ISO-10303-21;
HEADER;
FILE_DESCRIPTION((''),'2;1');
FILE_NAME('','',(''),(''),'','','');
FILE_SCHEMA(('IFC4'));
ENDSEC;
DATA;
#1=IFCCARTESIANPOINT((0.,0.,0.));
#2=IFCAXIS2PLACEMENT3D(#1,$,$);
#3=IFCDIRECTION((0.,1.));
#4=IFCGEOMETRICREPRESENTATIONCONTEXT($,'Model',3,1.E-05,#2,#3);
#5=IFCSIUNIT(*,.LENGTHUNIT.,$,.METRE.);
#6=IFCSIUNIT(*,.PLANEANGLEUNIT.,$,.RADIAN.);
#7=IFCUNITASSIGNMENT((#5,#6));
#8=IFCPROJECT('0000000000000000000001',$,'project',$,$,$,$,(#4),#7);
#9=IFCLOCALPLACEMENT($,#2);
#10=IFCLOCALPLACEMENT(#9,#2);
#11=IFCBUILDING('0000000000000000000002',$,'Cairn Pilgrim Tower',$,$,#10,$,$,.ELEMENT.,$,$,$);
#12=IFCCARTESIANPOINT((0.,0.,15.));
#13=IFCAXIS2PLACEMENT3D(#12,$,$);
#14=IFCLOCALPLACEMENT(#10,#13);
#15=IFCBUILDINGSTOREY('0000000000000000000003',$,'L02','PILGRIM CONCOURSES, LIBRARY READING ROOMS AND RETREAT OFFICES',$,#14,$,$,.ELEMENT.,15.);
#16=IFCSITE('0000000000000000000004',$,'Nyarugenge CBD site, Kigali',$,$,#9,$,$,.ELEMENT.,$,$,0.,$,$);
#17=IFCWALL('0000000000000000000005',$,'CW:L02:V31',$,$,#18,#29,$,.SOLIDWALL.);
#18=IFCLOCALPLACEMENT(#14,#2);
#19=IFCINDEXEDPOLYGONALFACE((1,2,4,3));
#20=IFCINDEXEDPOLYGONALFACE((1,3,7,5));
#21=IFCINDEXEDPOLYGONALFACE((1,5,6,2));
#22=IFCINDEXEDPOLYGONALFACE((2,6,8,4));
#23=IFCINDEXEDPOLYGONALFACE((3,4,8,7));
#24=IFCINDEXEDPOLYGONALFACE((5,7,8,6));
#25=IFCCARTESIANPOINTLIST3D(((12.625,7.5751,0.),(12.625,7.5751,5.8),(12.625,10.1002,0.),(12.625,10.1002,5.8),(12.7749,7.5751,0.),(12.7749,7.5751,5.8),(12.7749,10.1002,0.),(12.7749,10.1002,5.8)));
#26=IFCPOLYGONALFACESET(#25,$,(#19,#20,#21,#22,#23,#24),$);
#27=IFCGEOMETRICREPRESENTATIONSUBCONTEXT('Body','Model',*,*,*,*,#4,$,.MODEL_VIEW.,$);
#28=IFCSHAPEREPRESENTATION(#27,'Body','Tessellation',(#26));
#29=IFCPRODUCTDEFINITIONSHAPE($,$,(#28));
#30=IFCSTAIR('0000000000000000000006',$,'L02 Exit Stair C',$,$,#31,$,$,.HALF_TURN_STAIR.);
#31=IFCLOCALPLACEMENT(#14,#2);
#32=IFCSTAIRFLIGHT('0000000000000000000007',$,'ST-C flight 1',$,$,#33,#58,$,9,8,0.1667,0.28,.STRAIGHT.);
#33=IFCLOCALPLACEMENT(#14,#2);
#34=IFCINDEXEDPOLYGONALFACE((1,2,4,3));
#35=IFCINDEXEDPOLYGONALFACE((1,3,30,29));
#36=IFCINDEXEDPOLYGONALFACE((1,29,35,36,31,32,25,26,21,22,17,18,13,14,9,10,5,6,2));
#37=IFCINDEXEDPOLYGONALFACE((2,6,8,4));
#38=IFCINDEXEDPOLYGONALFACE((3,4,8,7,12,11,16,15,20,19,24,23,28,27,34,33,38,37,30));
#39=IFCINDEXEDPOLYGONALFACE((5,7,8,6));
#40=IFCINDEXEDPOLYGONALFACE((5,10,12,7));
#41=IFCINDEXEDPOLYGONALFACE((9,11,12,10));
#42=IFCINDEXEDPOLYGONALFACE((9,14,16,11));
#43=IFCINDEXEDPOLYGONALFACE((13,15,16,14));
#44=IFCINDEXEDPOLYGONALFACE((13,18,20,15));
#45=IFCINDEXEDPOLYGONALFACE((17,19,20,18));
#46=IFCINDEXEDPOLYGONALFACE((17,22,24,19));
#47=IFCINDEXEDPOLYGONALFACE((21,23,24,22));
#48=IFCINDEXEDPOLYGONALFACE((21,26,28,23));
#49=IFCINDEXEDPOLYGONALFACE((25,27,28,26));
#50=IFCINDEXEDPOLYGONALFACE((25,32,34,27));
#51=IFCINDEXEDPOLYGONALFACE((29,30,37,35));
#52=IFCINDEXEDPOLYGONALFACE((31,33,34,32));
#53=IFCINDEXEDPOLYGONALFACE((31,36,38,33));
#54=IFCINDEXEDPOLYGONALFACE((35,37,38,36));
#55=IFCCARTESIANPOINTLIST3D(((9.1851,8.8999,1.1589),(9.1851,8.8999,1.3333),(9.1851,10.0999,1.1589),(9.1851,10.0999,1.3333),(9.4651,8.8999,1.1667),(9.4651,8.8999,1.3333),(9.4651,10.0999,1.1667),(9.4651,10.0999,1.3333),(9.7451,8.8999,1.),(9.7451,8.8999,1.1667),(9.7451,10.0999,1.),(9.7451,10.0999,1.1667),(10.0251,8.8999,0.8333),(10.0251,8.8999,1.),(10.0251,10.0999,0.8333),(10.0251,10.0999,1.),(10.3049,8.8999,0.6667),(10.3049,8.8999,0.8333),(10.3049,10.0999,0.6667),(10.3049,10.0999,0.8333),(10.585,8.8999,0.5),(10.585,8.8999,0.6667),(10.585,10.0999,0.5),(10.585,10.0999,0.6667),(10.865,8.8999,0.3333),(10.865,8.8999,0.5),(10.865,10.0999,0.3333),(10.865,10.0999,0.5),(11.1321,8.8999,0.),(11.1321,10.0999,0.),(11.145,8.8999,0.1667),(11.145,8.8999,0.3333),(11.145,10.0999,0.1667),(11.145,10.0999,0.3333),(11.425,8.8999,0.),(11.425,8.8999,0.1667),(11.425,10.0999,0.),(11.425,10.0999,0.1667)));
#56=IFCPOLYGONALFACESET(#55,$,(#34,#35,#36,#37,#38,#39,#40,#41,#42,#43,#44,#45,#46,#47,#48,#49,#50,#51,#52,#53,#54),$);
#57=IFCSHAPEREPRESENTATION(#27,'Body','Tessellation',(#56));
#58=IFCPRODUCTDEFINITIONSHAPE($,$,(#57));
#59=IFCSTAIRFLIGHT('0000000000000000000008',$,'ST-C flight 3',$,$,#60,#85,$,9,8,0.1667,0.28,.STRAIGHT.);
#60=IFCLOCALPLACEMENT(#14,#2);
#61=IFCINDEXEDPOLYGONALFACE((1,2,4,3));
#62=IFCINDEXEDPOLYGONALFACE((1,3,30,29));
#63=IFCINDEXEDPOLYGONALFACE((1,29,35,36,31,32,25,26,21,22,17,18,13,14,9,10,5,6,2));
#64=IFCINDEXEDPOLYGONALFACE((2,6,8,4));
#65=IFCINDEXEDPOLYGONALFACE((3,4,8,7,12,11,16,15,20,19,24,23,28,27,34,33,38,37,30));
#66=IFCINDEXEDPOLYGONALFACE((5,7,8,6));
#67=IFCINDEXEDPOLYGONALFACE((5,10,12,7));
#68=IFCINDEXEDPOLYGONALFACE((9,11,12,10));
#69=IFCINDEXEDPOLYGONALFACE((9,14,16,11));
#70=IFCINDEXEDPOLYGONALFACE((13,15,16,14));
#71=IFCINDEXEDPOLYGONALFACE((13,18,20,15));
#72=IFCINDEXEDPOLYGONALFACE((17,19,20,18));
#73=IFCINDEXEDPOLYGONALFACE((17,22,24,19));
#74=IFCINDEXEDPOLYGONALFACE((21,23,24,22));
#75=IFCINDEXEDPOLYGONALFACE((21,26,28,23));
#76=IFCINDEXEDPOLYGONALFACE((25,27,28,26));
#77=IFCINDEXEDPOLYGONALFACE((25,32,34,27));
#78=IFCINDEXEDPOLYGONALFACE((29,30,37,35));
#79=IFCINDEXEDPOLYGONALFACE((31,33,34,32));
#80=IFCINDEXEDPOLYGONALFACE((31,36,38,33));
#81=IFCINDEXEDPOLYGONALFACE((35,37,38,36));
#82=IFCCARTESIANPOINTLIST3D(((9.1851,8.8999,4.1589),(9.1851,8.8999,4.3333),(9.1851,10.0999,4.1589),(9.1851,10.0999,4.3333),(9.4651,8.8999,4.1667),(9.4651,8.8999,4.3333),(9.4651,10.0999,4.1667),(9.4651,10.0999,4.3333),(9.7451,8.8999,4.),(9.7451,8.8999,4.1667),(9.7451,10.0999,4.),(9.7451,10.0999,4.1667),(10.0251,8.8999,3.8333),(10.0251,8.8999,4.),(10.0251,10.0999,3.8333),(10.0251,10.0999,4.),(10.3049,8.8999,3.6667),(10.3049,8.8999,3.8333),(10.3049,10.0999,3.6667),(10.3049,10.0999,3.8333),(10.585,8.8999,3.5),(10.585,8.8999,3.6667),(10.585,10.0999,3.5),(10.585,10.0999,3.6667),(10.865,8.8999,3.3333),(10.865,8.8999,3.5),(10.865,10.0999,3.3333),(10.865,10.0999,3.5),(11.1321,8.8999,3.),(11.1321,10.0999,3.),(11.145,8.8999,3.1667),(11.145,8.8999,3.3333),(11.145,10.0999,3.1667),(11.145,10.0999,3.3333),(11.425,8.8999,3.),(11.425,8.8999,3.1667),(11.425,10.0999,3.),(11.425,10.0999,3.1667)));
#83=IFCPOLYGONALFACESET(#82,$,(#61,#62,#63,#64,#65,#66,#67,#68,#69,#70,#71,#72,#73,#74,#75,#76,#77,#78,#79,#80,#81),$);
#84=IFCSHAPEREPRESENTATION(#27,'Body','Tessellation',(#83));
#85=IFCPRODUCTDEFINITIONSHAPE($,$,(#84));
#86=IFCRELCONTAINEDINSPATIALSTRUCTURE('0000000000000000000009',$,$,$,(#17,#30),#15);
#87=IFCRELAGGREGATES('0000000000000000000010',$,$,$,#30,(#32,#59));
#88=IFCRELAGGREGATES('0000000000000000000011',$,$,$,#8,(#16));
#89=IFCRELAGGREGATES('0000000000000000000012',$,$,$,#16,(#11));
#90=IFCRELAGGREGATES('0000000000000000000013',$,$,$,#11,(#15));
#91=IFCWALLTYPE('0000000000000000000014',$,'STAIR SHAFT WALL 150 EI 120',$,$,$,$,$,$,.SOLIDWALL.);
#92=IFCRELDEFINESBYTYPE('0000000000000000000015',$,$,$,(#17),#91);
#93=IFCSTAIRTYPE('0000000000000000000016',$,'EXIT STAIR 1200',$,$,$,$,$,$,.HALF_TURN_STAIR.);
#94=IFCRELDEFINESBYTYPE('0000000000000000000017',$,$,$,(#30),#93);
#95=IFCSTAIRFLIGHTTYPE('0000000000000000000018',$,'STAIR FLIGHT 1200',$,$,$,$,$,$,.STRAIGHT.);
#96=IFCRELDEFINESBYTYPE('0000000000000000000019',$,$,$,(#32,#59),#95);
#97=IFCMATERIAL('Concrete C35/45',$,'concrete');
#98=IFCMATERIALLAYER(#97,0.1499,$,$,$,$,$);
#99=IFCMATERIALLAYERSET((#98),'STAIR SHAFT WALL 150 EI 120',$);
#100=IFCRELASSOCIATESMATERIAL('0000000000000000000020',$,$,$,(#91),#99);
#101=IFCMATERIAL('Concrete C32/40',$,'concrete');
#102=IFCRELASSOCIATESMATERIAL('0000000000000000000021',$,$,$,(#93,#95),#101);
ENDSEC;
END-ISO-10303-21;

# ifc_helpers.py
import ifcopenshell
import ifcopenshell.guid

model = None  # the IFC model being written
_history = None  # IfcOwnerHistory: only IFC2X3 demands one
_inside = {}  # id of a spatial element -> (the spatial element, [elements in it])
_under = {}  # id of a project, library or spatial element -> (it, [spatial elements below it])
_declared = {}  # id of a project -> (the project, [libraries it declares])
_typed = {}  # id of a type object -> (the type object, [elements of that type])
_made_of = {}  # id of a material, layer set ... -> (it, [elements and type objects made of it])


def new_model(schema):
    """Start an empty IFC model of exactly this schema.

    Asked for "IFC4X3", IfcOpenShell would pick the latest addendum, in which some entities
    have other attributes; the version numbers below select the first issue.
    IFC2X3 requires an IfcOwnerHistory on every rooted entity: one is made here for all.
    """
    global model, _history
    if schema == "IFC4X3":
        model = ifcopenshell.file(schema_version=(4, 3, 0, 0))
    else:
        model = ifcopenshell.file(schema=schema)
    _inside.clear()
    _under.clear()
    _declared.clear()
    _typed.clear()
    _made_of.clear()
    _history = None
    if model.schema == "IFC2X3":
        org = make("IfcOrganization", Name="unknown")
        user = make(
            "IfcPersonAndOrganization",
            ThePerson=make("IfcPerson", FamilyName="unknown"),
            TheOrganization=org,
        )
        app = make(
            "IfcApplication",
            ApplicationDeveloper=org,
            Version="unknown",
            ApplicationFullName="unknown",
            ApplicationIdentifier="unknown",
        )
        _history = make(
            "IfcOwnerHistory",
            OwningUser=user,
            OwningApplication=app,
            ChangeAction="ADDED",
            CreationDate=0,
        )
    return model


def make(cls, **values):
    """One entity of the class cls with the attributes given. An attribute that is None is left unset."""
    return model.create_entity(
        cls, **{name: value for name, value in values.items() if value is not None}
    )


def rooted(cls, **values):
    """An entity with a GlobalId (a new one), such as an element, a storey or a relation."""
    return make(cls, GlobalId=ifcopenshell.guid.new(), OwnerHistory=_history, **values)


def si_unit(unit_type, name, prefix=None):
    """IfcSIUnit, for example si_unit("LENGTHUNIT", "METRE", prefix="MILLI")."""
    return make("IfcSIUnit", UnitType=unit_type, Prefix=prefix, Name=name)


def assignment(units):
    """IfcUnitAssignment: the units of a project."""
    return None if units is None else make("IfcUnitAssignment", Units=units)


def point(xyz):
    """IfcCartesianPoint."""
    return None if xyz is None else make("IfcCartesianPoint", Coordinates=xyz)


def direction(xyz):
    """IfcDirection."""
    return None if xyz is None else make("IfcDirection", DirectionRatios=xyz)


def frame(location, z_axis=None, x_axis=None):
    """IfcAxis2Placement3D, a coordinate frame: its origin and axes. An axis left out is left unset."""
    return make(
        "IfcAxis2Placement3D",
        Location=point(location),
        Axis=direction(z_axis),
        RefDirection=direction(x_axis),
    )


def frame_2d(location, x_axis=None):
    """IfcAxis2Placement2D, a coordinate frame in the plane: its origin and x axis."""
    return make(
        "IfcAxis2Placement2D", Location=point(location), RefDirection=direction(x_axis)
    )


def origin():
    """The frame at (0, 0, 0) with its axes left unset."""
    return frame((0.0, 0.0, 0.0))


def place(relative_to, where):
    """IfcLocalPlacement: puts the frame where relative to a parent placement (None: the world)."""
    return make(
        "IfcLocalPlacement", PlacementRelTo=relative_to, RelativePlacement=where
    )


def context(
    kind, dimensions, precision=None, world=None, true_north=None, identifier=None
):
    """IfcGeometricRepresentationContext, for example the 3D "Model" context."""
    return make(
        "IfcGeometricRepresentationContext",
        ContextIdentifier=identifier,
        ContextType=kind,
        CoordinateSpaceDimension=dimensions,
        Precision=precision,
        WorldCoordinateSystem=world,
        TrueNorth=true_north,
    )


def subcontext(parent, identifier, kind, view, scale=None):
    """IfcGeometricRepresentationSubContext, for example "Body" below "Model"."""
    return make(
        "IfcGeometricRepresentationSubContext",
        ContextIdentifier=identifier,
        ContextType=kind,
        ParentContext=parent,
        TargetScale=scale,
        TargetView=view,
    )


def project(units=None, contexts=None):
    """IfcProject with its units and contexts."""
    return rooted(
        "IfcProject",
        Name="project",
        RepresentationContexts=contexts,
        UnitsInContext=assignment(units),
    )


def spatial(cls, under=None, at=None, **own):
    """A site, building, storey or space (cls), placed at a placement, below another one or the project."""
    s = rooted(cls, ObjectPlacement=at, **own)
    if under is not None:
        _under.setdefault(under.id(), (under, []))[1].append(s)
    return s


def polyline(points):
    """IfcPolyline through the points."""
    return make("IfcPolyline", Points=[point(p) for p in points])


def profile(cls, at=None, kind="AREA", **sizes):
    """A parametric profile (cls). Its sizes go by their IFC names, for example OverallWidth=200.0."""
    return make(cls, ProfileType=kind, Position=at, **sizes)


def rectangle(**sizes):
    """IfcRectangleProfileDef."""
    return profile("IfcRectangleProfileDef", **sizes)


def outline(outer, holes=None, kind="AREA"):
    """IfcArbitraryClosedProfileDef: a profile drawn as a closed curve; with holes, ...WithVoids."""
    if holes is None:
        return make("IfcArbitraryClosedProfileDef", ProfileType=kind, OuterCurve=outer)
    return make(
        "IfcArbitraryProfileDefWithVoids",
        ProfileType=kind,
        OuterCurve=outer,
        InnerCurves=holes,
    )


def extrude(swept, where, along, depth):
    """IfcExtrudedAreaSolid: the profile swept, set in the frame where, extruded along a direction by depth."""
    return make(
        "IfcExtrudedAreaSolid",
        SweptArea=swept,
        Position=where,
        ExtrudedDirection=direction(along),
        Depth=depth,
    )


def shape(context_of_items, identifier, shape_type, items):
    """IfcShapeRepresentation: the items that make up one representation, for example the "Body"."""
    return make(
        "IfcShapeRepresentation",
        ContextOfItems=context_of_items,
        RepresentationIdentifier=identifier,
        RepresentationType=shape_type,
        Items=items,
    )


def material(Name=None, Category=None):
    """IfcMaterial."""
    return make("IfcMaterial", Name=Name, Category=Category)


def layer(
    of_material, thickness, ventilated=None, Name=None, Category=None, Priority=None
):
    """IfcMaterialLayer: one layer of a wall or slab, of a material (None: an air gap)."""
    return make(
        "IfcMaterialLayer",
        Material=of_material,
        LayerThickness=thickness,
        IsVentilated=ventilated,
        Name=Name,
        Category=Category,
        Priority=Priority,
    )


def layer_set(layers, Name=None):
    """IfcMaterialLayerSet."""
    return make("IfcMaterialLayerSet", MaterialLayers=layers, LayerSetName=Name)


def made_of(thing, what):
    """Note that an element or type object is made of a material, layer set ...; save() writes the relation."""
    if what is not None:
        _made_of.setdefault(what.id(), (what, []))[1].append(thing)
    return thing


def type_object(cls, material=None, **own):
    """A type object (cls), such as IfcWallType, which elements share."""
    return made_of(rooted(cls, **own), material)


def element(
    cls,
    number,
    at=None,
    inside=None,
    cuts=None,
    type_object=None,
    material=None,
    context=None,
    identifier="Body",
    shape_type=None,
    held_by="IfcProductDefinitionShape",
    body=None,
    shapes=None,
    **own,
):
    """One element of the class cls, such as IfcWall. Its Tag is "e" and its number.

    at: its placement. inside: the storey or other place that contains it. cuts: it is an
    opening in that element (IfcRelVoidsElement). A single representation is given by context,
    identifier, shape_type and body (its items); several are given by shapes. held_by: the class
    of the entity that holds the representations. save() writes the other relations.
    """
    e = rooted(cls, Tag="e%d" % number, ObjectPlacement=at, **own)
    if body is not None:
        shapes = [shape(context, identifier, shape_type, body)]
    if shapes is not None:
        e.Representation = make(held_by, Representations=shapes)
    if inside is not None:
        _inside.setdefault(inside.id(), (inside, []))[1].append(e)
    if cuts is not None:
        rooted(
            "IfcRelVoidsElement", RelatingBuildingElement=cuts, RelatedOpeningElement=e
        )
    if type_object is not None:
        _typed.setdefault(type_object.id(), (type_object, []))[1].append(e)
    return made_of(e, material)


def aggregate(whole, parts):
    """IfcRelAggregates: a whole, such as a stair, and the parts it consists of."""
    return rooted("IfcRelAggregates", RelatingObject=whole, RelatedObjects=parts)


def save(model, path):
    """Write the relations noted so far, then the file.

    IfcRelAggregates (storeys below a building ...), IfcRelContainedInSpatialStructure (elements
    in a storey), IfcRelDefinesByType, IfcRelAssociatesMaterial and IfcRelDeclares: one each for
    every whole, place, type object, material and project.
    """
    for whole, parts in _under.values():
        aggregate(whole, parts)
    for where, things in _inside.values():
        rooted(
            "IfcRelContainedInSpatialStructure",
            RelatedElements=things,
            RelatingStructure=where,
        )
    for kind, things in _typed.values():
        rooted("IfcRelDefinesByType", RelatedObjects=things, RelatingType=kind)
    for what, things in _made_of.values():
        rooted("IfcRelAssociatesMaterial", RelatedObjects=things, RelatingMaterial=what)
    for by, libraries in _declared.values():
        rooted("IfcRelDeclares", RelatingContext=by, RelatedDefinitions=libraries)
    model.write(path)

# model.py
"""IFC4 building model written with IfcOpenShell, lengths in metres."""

from ifc_helpers import new_model, si_unit, direction, frame, frame_2d, origin, place, context, subcontext, project, spatial, polyline, rectangle, outline, extrude, material, layer, layer_set, type_object, element, aggregate, save


model = new_model("IFC4")

# Units and contexts
model_context = context("Model", 3, precision=1e-05, world=origin(), true_north=direction((0.0, 1.0)))
body_context = subcontext(model_context, "Body", "Model", "MODEL_VIEW")
ifc_project = project(units=[si_unit("LENGTHUNIT", "METRE"), si_unit("PLANEANGLEUNIT", "RADIAN")], contexts=[model_context])

# Site, building, storey
site_placement = place(None, origin())
site = spatial("IfcSite", under=ifc_project, at=site_placement, Name="Nyarugenge CBD site, Kigali", CompositionType="ELEMENT", RefElevation=0.0)
building_placement = place(site_placement, origin())
building = spatial("IfcBuilding", under=site, at=building_placement, Name="Cairn Pilgrim Tower", CompositionType="ELEMENT")
storey_placement = place(building_placement, frame((0.0, 0.0, 15.0)))
storey = spatial("IfcBuildingStorey", under=building, at=storey_placement, Name="L02", Description="PILGRIM CONCOURSES, LIBRARY READING ROOMS AND RETREAT OFFICES", CompositionType="ELEMENT", Elevation=15.0)

# Shared definitions
ifc_material_1 = material(Name="Concrete C32/40", Category="concrete")

# Wall
ifc_material_2 = material(Name="Concrete C35/45", Category="concrete")
ifc_layer_1 = layer(ifc_material_2, 0.1499)
ifc_layer_set_1 = layer_set([ifc_layer_1], Name="STAIR SHAFT WALL 150 EI 120")
wall_type_1 = type_object("IfcWallType", Name="STAIR SHAFT WALL 150 EI 120", PredefinedType="SOLIDWALL", material=ifc_layer_set_1)
wall_1_placement = place(storey_placement, frame((12.7, 7.575, 0.0), z_axis=(0.0, 0.0, 1.0), x_axis=(0.0, 1.0, 0.0)))
element("IfcWall", 1, at=wall_1_placement, inside=storey, type_object=wall_type_1, Name="CW:L02:V31", PredefinedType="SOLIDWALL", context=body_context, shape_type="SweptSolid", body=[
    extrude(rectangle(XDim=2.5251, YDim=0.1499, at=frame_2d((1.2627, 0.0))), origin(), (0.0, 0.0, 1.0), 5.8),
])

# Stair, stair flights
stair_type = type_object("IfcStairType", Name="EXIT STAIR 1200", PredefinedType="HALF_TURN_STAIR", material=ifc_material_1)
stair_placement = place(storey_placement, origin())
stair = element("IfcStair", 2, at=stair_placement, inside=storey, type_object=stair_type, Name="L02 Exit Stair C", PredefinedType="HALF_TURN_STAIR")
stair_flight_type = type_object("IfcStairFlightType", Name="STAIR FLIGHT 1200", PredefinedType="STRAIGHT", material=ifc_material_1)
stair_flight_1_placement = place(storey_placement, frame((11.425, 9.5, 0.0), z_axis=(0.0, 0.0, 1.0), x_axis=(-1.0, 0.0, 0.0)))
stair_flight_1 = element("IfcStairFlight", 3, at=stair_flight_1_placement, type_object=stair_flight_type, Name="ST-C flight 1", NumberOfRisers=9, NumberOfTreads=8, PredefinedType="STRAIGHT", RiserHeight=0.1667, TreadLength=0.28, context=body_context, shape_type="SweptSolid", body=[
    extrude(outline(polyline([(0.0, 0.0), (0.0, 0.1667), (0.28, 0.1667), (0.28, 0.3333), (0.5601, 0.3333), (0.5601, 0.5), (0.8401, 0.5), (0.8401, 0.6667), (1.1201, 0.6667), (1.1201, 0.8333), (1.3999, 0.8333), (1.3999, 1.0), (1.6799, 1.0), (1.6799, 1.1667), (1.96, 1.1667), (1.96, 1.3333), (2.24, 1.3333), (2.24, 1.5), (2.24, 1.1589), (0.293, 0.0), (0.0, 0.0)])), frame((0.0, 0.6001, 0.0), z_axis=(0.0, -1.0, 0.0), x_axis=(1.0, 0.0, 0.0)), (0.0, 0.0, 1.0), 1.2),
])
stair_flight_2_placement = place(storey_placement, frame((11.425, 9.5, 3.0), z_axis=(0.0, 0.0, 1.0), x_axis=(-1.0, 0.0, 0.0)))
stair_flight_2 = element("IfcStairFlight", 4, at=stair_flight_2_placement, type_object=stair_flight_type, Name="ST-C flight 3", NumberOfRisers=9, NumberOfTreads=8, PredefinedType="STRAIGHT", RiserHeight=0.1667, TreadLength=0.28, context=body_context, shape_type="SweptSolid", body=[
    extrude(outline(polyline([(0.0, 0.0), (0.0, 0.1667), (0.28, 0.1667), (0.28, 0.3333), (0.5601, 0.3333), (0.5601, 0.5), (0.8401, 0.5), (0.8401, 0.6667), (1.1201, 0.6667), (1.1201, 0.8333), (1.3999, 0.8333), (1.3999, 1.0), (1.6799, 1.0), (1.6799, 1.1667), (1.96, 1.1667), (1.96, 1.3333), (2.24, 1.3333), (2.24, 1.5), (2.24, 1.1589), (0.293, 0.0), (0.0, 0.0)])), frame((0.0, 0.6001, 0.0), z_axis=(0.0, -1.0, 0.0), x_axis=(1.0, 0.0, 0.0)), (0.0, 0.0, 1.0), 1.2),
])
aggregate(stair, [stair_flight_1, stair_flight_2])

save(model, "model.ifc")
